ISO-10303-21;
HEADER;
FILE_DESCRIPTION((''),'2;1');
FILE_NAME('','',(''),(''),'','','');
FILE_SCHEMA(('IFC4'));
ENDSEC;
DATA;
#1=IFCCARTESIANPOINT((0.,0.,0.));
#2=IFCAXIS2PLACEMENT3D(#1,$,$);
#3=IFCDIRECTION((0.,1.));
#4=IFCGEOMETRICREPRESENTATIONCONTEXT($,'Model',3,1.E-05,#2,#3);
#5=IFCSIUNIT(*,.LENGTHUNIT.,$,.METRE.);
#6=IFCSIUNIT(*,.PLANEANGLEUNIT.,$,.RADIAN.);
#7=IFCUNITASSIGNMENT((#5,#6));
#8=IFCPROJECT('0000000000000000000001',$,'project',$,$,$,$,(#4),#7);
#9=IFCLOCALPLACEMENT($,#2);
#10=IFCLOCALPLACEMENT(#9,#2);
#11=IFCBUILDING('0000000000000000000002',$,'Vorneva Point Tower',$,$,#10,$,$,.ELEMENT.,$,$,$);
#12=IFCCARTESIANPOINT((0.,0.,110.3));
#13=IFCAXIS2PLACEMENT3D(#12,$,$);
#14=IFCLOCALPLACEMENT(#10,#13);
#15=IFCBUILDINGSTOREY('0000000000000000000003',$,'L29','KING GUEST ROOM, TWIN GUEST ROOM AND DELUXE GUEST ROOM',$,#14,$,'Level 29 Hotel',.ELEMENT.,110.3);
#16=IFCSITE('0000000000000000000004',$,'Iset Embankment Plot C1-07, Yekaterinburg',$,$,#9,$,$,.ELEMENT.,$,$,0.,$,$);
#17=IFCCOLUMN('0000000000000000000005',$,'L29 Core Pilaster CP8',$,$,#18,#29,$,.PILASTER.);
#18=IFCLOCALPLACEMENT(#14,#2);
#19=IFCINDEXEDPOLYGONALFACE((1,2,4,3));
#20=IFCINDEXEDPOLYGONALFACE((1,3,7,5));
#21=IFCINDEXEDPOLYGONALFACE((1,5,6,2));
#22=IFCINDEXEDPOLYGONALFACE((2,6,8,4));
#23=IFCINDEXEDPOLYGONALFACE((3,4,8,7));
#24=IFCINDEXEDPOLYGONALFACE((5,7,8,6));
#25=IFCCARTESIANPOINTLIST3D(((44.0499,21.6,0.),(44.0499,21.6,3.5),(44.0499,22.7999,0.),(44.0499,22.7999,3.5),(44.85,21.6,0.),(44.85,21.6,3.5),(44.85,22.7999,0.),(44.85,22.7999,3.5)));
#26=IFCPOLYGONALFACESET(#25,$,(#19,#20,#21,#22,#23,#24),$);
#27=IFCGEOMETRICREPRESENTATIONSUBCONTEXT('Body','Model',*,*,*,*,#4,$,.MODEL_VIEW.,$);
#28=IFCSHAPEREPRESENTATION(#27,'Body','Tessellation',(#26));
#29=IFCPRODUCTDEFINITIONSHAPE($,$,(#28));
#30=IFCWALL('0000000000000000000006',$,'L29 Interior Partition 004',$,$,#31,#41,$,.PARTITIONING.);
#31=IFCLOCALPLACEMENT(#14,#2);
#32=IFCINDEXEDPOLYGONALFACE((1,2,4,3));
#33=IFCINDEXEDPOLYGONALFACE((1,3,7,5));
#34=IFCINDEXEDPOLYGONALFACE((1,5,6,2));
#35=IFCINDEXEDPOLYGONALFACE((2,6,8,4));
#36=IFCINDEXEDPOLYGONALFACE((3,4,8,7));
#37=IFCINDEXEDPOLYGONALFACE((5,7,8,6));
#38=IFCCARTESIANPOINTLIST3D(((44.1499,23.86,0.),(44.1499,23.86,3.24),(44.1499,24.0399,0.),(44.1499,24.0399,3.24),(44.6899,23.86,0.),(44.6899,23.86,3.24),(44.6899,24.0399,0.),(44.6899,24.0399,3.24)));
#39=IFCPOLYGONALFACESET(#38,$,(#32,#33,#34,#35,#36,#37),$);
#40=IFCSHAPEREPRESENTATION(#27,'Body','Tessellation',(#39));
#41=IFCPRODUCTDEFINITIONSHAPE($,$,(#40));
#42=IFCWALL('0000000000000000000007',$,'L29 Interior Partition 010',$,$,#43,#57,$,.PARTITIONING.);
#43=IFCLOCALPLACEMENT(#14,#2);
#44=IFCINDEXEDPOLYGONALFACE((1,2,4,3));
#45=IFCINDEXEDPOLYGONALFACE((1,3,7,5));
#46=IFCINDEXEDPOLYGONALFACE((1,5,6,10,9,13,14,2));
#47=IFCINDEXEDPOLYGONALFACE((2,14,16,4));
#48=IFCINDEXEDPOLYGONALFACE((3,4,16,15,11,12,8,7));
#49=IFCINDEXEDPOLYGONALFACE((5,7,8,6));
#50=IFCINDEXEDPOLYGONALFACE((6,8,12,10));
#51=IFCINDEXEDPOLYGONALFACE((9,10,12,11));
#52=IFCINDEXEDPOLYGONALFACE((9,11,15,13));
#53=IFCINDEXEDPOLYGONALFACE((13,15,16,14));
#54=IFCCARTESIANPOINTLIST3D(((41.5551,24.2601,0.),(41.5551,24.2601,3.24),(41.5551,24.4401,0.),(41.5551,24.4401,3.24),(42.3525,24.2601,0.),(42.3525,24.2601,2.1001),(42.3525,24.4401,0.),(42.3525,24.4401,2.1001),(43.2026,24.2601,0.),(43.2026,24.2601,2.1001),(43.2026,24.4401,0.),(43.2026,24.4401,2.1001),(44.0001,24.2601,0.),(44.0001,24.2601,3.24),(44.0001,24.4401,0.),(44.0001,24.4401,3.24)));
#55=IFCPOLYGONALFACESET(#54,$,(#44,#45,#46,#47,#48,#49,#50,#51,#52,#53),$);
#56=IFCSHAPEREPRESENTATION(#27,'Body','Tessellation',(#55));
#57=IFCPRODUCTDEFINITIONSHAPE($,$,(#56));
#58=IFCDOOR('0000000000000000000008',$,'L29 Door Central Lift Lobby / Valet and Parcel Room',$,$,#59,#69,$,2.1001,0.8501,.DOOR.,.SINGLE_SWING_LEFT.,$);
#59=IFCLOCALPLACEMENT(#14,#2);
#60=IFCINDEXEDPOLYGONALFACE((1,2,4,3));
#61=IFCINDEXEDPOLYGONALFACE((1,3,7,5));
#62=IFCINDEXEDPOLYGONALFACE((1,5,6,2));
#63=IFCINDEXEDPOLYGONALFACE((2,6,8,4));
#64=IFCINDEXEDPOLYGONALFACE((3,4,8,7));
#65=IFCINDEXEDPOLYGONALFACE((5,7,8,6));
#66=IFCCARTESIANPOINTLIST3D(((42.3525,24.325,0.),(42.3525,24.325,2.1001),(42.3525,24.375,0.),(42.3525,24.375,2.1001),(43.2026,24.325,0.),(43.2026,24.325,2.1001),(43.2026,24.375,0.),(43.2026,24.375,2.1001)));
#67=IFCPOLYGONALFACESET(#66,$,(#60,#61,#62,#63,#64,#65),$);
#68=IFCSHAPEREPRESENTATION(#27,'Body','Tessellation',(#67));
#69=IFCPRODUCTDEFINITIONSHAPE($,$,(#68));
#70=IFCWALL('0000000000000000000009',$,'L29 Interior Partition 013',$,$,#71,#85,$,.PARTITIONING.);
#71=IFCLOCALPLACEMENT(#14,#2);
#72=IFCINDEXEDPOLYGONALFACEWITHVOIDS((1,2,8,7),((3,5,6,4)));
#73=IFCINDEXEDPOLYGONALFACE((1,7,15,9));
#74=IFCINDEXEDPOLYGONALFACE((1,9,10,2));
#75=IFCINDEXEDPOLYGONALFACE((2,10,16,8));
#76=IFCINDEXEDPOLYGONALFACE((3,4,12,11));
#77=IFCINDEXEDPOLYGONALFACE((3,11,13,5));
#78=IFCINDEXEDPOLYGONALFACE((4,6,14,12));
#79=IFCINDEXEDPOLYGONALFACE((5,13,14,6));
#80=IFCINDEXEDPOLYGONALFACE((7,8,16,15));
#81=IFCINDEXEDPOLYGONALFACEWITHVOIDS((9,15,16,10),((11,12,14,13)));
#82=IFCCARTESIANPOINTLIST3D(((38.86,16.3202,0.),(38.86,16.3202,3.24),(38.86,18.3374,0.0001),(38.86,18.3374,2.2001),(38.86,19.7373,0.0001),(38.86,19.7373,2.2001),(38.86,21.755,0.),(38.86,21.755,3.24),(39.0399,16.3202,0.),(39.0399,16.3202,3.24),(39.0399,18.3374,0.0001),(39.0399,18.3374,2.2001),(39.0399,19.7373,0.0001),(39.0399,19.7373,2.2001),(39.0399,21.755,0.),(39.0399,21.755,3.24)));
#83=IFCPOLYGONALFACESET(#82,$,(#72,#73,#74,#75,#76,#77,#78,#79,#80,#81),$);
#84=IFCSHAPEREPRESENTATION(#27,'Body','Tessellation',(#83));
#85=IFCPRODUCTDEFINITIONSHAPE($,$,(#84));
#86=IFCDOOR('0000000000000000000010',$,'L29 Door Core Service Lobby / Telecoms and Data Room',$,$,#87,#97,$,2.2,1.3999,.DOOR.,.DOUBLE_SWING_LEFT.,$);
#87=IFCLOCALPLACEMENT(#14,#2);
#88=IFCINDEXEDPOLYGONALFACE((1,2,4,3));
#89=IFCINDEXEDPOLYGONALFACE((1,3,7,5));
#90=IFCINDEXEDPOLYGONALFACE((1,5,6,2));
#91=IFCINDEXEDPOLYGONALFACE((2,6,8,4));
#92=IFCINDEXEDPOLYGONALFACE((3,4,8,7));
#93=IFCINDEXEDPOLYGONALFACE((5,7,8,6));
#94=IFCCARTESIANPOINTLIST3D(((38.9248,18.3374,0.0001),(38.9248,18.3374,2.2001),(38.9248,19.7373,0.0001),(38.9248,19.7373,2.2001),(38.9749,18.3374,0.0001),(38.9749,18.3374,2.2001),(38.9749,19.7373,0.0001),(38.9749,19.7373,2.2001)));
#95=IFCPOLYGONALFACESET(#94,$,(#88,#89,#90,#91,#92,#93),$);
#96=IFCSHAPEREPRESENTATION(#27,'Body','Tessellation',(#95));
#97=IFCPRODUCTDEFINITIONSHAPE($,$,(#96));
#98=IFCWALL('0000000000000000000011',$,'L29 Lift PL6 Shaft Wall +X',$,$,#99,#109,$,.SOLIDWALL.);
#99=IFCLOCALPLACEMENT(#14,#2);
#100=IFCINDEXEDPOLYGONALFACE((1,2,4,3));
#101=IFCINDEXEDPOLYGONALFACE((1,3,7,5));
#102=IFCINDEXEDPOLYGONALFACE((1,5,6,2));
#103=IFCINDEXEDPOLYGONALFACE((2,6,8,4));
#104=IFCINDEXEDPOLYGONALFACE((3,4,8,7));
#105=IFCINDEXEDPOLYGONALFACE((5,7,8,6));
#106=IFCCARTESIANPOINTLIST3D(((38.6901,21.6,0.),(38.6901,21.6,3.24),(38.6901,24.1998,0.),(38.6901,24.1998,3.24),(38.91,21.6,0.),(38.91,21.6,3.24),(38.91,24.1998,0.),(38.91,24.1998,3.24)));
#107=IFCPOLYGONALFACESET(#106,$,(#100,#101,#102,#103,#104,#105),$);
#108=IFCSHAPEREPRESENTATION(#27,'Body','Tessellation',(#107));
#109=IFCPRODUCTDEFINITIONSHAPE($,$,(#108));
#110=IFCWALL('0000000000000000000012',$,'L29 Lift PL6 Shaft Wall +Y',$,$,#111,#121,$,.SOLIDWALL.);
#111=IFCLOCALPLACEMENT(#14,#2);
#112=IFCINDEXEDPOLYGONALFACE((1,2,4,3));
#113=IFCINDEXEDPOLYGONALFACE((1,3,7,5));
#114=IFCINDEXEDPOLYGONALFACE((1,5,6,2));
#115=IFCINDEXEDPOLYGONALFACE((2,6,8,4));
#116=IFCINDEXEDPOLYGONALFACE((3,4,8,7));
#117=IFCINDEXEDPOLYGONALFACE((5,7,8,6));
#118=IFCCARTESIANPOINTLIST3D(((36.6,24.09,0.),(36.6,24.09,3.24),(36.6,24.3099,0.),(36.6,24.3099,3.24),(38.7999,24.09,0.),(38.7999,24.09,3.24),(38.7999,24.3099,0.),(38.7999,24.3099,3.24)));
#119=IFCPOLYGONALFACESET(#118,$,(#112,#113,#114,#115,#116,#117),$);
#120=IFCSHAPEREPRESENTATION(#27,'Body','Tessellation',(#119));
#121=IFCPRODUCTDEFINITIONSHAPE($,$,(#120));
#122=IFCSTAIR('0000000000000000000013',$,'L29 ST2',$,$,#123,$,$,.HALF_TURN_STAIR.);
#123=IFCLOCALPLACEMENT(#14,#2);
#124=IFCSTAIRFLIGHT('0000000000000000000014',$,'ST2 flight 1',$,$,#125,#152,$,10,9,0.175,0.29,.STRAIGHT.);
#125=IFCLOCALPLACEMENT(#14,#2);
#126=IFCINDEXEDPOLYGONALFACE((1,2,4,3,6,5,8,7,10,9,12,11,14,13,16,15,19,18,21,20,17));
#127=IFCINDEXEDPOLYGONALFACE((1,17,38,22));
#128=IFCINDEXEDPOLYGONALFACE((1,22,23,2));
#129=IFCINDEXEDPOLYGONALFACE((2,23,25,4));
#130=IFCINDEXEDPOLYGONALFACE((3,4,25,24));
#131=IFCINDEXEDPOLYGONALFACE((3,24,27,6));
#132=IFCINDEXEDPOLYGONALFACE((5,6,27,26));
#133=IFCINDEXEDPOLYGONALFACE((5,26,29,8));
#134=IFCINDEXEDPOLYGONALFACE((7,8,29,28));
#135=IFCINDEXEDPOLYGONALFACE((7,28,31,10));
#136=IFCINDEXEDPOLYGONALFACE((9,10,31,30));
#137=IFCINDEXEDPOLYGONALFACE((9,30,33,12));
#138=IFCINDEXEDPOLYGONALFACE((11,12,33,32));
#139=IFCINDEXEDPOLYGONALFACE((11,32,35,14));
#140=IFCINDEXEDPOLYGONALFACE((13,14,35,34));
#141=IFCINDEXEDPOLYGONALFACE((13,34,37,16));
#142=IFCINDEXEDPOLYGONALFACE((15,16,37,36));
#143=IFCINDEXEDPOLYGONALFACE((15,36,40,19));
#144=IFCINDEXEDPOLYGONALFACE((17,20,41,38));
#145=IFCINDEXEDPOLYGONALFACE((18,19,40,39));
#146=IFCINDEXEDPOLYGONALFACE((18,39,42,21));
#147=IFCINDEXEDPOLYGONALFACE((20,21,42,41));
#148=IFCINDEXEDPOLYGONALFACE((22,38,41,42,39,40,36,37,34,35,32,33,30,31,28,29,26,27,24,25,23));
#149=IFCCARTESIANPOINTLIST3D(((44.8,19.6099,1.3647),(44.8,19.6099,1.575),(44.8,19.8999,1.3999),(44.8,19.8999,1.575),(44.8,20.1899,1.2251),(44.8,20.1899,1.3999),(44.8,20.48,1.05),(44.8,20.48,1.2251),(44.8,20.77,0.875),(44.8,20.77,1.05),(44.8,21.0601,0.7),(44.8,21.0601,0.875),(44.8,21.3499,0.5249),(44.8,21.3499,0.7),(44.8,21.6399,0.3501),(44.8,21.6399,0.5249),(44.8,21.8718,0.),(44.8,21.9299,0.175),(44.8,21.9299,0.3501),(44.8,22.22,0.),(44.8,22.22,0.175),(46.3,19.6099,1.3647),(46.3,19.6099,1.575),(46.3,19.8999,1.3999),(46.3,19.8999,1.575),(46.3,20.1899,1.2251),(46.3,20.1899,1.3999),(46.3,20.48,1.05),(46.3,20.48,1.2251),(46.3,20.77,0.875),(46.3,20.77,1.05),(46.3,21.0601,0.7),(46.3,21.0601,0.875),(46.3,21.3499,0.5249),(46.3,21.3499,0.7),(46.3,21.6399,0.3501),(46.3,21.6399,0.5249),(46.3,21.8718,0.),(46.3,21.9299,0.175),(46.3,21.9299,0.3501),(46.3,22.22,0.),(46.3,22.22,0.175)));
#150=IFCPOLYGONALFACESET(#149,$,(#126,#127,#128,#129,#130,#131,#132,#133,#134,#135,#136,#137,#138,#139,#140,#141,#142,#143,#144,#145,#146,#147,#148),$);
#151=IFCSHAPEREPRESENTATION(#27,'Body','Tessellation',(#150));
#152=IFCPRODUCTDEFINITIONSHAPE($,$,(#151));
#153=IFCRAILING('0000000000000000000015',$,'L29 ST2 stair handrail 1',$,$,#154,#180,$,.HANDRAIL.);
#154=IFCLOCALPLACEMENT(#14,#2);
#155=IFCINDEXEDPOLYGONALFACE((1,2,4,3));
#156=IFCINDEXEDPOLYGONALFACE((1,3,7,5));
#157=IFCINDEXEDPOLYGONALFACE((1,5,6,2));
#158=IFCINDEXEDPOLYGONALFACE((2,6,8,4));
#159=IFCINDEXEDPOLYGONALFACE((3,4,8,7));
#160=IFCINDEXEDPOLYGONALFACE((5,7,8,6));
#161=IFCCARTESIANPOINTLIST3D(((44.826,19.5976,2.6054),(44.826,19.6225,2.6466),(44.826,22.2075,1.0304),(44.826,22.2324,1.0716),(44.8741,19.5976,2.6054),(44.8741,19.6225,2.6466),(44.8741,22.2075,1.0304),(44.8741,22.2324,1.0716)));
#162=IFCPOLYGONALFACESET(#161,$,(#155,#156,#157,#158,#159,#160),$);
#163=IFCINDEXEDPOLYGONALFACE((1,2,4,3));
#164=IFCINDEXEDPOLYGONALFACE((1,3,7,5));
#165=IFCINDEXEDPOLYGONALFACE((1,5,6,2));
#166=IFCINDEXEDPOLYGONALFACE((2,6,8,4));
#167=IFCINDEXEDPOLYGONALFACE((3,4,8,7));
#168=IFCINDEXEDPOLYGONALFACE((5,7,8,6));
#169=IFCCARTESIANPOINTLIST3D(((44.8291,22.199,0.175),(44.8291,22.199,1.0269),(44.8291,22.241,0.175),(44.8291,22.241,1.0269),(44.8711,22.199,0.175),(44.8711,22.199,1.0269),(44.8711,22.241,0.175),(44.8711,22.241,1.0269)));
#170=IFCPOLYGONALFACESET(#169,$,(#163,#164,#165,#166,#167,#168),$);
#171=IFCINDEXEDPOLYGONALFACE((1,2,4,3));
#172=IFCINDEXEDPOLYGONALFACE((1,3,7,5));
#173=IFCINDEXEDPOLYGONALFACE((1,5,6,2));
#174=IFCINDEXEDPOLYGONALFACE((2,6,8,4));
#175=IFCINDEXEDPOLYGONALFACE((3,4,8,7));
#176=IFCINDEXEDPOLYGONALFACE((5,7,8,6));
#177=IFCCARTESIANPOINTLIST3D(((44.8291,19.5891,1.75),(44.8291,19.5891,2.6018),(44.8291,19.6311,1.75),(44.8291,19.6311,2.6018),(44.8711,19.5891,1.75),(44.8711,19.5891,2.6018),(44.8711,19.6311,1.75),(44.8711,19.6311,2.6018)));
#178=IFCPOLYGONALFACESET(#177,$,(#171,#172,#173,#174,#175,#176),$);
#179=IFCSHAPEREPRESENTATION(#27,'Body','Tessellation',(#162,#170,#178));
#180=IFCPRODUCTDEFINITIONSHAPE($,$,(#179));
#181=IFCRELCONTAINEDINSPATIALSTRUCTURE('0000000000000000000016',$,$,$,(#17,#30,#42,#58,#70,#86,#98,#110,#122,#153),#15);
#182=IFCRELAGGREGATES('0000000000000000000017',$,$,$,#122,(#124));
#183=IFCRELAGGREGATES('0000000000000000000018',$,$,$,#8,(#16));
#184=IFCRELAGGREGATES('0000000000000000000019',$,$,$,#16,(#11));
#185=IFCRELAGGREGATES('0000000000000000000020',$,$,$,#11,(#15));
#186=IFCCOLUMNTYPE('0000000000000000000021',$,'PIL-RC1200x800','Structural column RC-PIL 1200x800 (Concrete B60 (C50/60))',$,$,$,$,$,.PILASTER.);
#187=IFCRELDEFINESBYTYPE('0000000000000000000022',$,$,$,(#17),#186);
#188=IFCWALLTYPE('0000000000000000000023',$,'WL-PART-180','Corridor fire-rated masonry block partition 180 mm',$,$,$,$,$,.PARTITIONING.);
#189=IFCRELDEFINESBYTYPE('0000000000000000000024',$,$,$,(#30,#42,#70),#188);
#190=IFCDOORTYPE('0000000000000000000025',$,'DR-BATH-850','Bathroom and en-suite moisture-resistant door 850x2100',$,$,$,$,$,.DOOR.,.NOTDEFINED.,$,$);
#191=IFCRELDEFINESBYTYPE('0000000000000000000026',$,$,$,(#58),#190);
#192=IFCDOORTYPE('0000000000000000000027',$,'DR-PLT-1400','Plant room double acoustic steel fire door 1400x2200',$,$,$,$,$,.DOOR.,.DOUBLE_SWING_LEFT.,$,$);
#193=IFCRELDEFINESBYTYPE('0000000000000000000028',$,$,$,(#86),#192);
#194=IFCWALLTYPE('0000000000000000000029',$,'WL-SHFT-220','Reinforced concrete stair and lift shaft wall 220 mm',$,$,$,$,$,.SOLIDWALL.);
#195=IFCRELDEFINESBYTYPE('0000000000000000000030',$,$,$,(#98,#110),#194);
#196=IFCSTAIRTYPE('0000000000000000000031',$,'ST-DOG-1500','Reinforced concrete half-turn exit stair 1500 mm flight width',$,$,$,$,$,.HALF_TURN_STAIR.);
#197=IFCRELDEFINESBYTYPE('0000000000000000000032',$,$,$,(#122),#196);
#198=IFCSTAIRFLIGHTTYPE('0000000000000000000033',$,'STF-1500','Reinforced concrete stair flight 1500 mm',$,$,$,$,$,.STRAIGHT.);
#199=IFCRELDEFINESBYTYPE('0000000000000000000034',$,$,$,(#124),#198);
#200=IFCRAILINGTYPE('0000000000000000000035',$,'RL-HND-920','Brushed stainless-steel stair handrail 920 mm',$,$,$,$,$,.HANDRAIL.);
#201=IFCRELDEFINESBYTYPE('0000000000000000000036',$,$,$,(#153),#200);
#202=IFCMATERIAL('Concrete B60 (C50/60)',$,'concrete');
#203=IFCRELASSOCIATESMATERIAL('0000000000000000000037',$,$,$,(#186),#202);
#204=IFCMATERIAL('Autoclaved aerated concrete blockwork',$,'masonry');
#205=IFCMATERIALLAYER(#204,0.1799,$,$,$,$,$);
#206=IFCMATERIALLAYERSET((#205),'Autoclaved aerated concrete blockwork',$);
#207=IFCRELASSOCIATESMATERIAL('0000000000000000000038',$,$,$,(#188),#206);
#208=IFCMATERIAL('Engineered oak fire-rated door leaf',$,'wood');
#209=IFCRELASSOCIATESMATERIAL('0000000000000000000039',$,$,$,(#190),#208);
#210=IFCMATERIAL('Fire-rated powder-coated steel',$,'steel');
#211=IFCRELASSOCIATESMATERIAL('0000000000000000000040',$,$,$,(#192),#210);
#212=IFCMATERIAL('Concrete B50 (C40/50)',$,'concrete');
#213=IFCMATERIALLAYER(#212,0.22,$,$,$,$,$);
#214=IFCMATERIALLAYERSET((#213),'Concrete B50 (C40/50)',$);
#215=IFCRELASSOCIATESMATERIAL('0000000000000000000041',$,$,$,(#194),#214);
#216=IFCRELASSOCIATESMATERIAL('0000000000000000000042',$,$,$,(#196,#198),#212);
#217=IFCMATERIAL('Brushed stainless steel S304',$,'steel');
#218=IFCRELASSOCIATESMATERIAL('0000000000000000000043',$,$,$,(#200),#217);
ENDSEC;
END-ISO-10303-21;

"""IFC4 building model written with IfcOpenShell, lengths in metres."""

from ifc_helpers import new_model, si_unit, direction, frame, frame_2d, origin, origin_2d, place, context, subcontext, project, spatial, polyline, rectangle, outline, extrude, material, layer, layer_set, material_profile, profile_set, type_object, element, fill, aggregate, save


model = new_model("IFC4")

# Units and contexts
model_context = context("Model", 3, precision=1e-05, world=origin(), true_north=direction((0.0, 1.0)))
body_context = subcontext(model_context, "Body", "Model", "MODEL_VIEW")
ifc_project = project(units=[si_unit("LENGTHUNIT", "METRE"), si_unit("PLANEANGLEUNIT", "RADIAN")], contexts=[model_context])

# Site, building, storey
site_placement = place(None, origin())
site = spatial("IfcSite", under=ifc_project, at=site_placement, Name="Iset Embankment Plot C1-07, Yekaterinburg", CompositionType="ELEMENT", RefElevation=0.0)
building_placement = place(site_placement, origin())
building = spatial("IfcBuilding", under=site, at=building_placement, Name="Vorneva Point Tower", CompositionType="ELEMENT")
storey_placement = place(building_placement, frame((0.0, 0.0, 110.3)))
storey = spatial("IfcBuildingStorey", under=building, at=storey_placement, Name="L29", Description="KING GUEST ROOM, TWIN GUEST ROOM AND DELUXE GUEST ROOM", LongName="Level 29 Hotel", CompositionType="ELEMENT", Elevation=110.3)

# Column
ifc_material_1 = material(Name="Concrete B60 (C50/60)", Category="concrete")
ifc_material_profile = material_profile(ifc_material_1, rectangle(XDim=0.8, YDim=1.2, at=origin_2d()), Name="RC-PIL 1200x800")
ifc_profile_set = profile_set([ifc_material_profile], Name="Concrete B60 (C50/60)")
column_type = type_object("IfcColumnType", Name="PIL-RC1200x800", Description="Structural column RC-PIL 1200x800 (Concrete B60 (C50/60))", PredefinedType="PILASTER", material=ifc_profile_set)
column_placement = place(storey_placement, frame((44.45, 22.2, 0.0), z_axis=(0.0, 0.0, 1.0), x_axis=(1.0, 0.0, 0.0)))
element("IfcColumn", 1, at=column_placement, inside=storey, type_object=column_type, Name="L29 Core Pilaster CP8", PredefinedType="PILASTER", context=body_context, shape_type="SweptSolid", body=[
    extrude(rectangle(XDim=0.8, YDim=1.2, at=origin_2d()), origin(), (0.0, 0.0, 1.0), 3.5),
])

# Wall
ifc_material_2 = material(Name="Autoclaved aerated concrete blockwork", Category="masonry")
ifc_layer_1 = layer(ifc_material_2, 0.1799)
ifc_layer_set_1 = layer_set([ifc_layer_1], Name="Autoclaved aerated concrete blockwork")
wall_type_1 = type_object("IfcWallType", Name="WL-PART-180", Description="Corridor fire-rated masonry block partition 180 mm", PredefinedType="PARTITIONING", material=ifc_layer_set_1)
wall_1_placement = place(storey_placement, frame((44.1499, 23.95, 0.0), z_axis=(0.0, 0.0, 1.0), x_axis=(1.0, 0.0, 0.0)))
element("IfcWall", 2, at=wall_1_placement, inside=storey, type_object=wall_type_1, Name="L29 Interior Partition 004", PredefinedType="PARTITIONING", context=body_context, shape_type="SweptSolid", body=[
    extrude(rectangle(XDim=0.54, YDim=0.1799, at=frame_2d((0.27, 0.0))), origin(), (0.0, 0.0, 1.0), 3.24),
])

# Walls, openings, doors
ifc_material_3 = material(Name="Fire-rated powder-coated steel", Category="steel")
wall_2_placement = place(storey_placement, frame((41.5549, 24.3501, 0.0), z_axis=(0.0, 0.0, 1.0), x_axis=(1.0, 0.0, 0.0)))
wall_2 = element("IfcWall", 3, at=wall_2_placement, inside=storey, type_object=wall_type_1, Name="L29 Interior Partition 010", PredefinedType="PARTITIONING", context=body_context, shape_type="SweptSolid", body=[
    extrude(rectangle(XDim=2.4451, YDim=0.1799, at=frame_2d((1.2227, 0.0))), origin(), (0.0, 0.0, 1.0), 3.24),
])
opening_1_placement = place(wall_2_placement, frame((0.7976, 0.0, 0.0)))
opening_1 = element("IfcOpeningElement", 4, at=opening_1_placement, cuts=wall_2, PredefinedType="OPENING", context=body_context, shape_type="SweptSolid", body=[
    extrude(rectangle(XDim=0.8501, YDim=2.1001, at=frame_2d((0.425, 1.05))), frame((0.0, 0.105, 0.0), z_axis=(0.0, -1.0, 0.0), x_axis=(1.0, 0.0, 0.0)), (0.0, 0.0, 1.0), 0.2097),
])
ifc_material_4 = material(Name="Engineered oak fire-rated door leaf", Category="wood")
door_type_1 = type_object("IfcDoorType", Name="DR-BATH-850", Description="Bathroom and en-suite moisture-resistant door 850x2100", OperationType="NOTDEFINED", PredefinedType="DOOR", material=ifc_material_4)
door_1_placement = place(opening_1_placement, origin())
door_1 = element("IfcDoor", 5, at=door_1_placement, inside=storey, type_object=door_type_1, Name="L29 Door Central Lift Lobby / Valet and Parcel Room", OperationType="SINGLE_SWING_LEFT", OverallHeight=2.1001, OverallWidth=0.8501, PredefinedType="DOOR", context=body_context, shape_type="SweptSolid", body=[
    extrude(rectangle(XDim=0.8501, YDim=2.1001, at=frame_2d((0.425, 1.05))), frame((0.0, 0.0249, 0.0), z_axis=(0.0, -1.0, 0.0), x_axis=(1.0, 0.0, 0.0)), (0.0, 0.0, 1.0), 0.05),
])
fill(opening_1, door_1)
wall_3_placement = place(storey_placement, frame((38.95, 21.7549, 0.0), z_axis=(0.0, 0.0, 1.0), x_axis=(0.0, -1.0, 0.0)))
wall_3 = element("IfcWall", 6, at=wall_3_placement, inside=storey, type_object=wall_type_1, Name="L29 Interior Partition 013", PredefinedType="PARTITIONING", context=body_context, shape_type="SweptSolid", body=[
    extrude(rectangle(XDim=5.4348, YDim=0.1799, at=frame_2d((2.7173, 0.0))), origin(), (0.0, 0.0, 1.0), 3.24),
])
opening_2_placement = place(wall_3_placement, frame((2.0176, 0.0, 0.0)))
opening_2 = element("IfcOpeningElement", 7, at=opening_2_placement, cuts=wall_3, PredefinedType="OPENING", context=body_context, shape_type="SweptSolid", body=[
    extrude(rectangle(XDim=1.3999, YDim=2.2, at=frame_2d((0.7, 1.1001))), frame((0.0, 0.105, 0.0), z_axis=(0.0, -1.0, 0.0), x_axis=(1.0, 0.0, 0.0)), (0.0, 0.0, 1.0), 0.2097),
])
door_type_2 = type_object("IfcDoorType", Name="DR-PLT-1400", Description="Plant room double acoustic steel fire door 1400x2200", OperationType="DOUBLE_SWING_LEFT", PredefinedType="DOOR", material=ifc_material_3)
door_2_placement = place(opening_2_placement, origin())
door_2 = element("IfcDoor", 8, at=door_2_placement, inside=storey, type_object=door_type_2, Name="L29 Door Core Service Lobby / Telecoms and Data Room", OperationType="DOUBLE_SWING_LEFT", OverallHeight=2.2, OverallWidth=1.3999, PredefinedType="DOOR", context=body_context, shape_type="SweptSolid", body=[
    extrude(rectangle(XDim=1.3999, YDim=2.2, at=frame_2d((0.7, 1.1001))), frame((0.0, 0.0249, 0.0), z_axis=(0.0, -1.0, 0.0), x_axis=(1.0, 0.0, 0.0)), (0.0, 0.0, 1.0), 0.05),
])
fill(opening_2, door_2)
ifc_material_5 = material(Name="Concrete B50 (C40/50)", Category="concrete")
ifc_layer_2 = layer(ifc_material_5, 0.22)
ifc_layer_set_2 = layer_set([ifc_layer_2], Name="Concrete B50 (C40/50)")
wall_type_2 = type_object("IfcWallType", Name="WL-SHFT-220", Description="Reinforced concrete stair and lift shaft wall 220 mm", PredefinedType="SOLIDWALL", material=ifc_layer_set_2)

# Walls
wall_4_placement = place(storey_placement, frame((38.8, 21.6001, 0.0), z_axis=(0.0, 0.0, 1.0), x_axis=(0.0, 1.0, 0.0)))
element("IfcWall", 9, at=wall_4_placement, inside=storey, type_object=wall_type_2, Name="L29 Lift PL6 Shaft Wall +X", PredefinedType="SOLIDWALL", context=body_context, shape_type="SweptSolid", body=[
    extrude(rectangle(XDim=2.5999, YDim=0.22, at=frame_2d((1.2998, 0.0))), origin(), (0.0, 0.0, 1.0), 3.24),
])
wall_5_placement = place(storey_placement, frame((38.8, 24.2, 0.0), z_axis=(0.0, 0.0, 1.0), x_axis=(-1.0, 0.0, 0.0)))
element("IfcWall", 10, at=wall_5_placement, inside=storey, type_object=wall_type_2, Name="L29 Lift PL6 Shaft Wall +Y", PredefinedType="SOLIDWALL", context=body_context, shape_type="SweptSolid", body=[
    extrude(rectangle(XDim=2.2, YDim=0.22, at=frame_2d((1.1001, 0.0))), origin(), (0.0, 0.0, 1.0), 3.24),
])

# Stair, stair flight
stair_type = type_object("IfcStairType", Name="ST-DOG-1500", Description="Reinforced concrete half-turn exit stair 1500 mm flight width", PredefinedType="HALF_TURN_STAIR", material=ifc_material_5)
stair_placement = place(storey_placement, origin())
stair = element("IfcStair", 11, at=stair_placement, inside=storey, type_object=stair_type, Name="L29 ST2", PredefinedType="HALF_TURN_STAIR")
stair_flight_type = type_object("IfcStairFlightType", Name="STF-1500", Description="Reinforced concrete stair flight 1500 mm", PredefinedType="STRAIGHT", material=ifc_material_5)
stair_flight_placement = place(storey_placement, frame((45.55, 22.22, 0.0), z_axis=(0.0, 0.0, 1.0), x_axis=(0.0, -1.0, 0.0)))
stair_flight = element("IfcStairFlight", 12, at=stair_flight_placement, type_object=stair_flight_type, Name="ST2 flight 1", NumberOfRisers=10, NumberOfTreads=9, PredefinedType="STRAIGHT", RiserHeight=0.175, TreadLength=0.29, context=body_context, shape_type="SweptSolid", body=[
    extrude(outline(polyline([(0.0, 0.0), (0.0, 0.175), (0.29, 0.175), (0.29, 0.3501), (0.5801, 0.3501), (0.5801, 0.5249), (0.8701, 0.5249), (0.8701, 0.7), (1.1599, 0.7), (1.1599, 0.875), (1.45, 0.875), (1.45, 1.05), (1.74, 1.05), (1.74, 1.2251), (2.03, 1.2251), (2.03, 1.3999), (2.3201, 1.3999), (2.3201, 1.575), (2.6101, 1.575), (2.6101, 1.75), (2.6101, 1.3647), (0.3481, 0.0), (0.0, 0.0)])), frame((0.0, 0.75, 0.0), z_axis=(0.0, -1.0, 0.0), x_axis=(1.0, 0.0, 0.0)), (0.0, 0.0, 1.0), 1.5),
])
aggregate(stair, [stair_flight])

# Railing
ifc_material_6 = material(Name="Brushed stainless steel S304", Category="steel")
railing_type_1 = type_object("IfcRailingType", Name="RL-HND-920", Description="Brushed stainless-steel stair handrail 920 mm", PredefinedType="HANDRAIL", material=ifc_material_6)
railing_1_placement = place(storey_placement, frame((44.8501, 22.22, 0.175)))
element("IfcRailing", 13, at=railing_1_placement, inside=storey, type_object=railing_type_1, Name="L29 ST2 stair handrail 1", PredefinedType="HANDRAIL", context=body_context, shape_type="SweptSolid", body=[
    extrude(rectangle(XDim=0.0481, YDim=0.0481, at=origin_2d()), frame((0.0, 0.0, 0.876), z_axis=(0.0, -0.856183, 0.516673), x_axis=(1.0, 0.0, 0.0)), (0.0, 0.0, 1.0), 3.0483),
    extrude(rectangle(XDim=0.042, YDim=0.042, at=origin_2d()), origin(), (0.0, 0.0, 1.0), 0.8518),
    extrude(rectangle(XDim=0.042, YDim=0.042, at=origin_2d()), frame((0.0, -2.6099, 1.575)), (0.0, 0.0, 1.0), 0.8518),
])

save(model, "model.ifc")
